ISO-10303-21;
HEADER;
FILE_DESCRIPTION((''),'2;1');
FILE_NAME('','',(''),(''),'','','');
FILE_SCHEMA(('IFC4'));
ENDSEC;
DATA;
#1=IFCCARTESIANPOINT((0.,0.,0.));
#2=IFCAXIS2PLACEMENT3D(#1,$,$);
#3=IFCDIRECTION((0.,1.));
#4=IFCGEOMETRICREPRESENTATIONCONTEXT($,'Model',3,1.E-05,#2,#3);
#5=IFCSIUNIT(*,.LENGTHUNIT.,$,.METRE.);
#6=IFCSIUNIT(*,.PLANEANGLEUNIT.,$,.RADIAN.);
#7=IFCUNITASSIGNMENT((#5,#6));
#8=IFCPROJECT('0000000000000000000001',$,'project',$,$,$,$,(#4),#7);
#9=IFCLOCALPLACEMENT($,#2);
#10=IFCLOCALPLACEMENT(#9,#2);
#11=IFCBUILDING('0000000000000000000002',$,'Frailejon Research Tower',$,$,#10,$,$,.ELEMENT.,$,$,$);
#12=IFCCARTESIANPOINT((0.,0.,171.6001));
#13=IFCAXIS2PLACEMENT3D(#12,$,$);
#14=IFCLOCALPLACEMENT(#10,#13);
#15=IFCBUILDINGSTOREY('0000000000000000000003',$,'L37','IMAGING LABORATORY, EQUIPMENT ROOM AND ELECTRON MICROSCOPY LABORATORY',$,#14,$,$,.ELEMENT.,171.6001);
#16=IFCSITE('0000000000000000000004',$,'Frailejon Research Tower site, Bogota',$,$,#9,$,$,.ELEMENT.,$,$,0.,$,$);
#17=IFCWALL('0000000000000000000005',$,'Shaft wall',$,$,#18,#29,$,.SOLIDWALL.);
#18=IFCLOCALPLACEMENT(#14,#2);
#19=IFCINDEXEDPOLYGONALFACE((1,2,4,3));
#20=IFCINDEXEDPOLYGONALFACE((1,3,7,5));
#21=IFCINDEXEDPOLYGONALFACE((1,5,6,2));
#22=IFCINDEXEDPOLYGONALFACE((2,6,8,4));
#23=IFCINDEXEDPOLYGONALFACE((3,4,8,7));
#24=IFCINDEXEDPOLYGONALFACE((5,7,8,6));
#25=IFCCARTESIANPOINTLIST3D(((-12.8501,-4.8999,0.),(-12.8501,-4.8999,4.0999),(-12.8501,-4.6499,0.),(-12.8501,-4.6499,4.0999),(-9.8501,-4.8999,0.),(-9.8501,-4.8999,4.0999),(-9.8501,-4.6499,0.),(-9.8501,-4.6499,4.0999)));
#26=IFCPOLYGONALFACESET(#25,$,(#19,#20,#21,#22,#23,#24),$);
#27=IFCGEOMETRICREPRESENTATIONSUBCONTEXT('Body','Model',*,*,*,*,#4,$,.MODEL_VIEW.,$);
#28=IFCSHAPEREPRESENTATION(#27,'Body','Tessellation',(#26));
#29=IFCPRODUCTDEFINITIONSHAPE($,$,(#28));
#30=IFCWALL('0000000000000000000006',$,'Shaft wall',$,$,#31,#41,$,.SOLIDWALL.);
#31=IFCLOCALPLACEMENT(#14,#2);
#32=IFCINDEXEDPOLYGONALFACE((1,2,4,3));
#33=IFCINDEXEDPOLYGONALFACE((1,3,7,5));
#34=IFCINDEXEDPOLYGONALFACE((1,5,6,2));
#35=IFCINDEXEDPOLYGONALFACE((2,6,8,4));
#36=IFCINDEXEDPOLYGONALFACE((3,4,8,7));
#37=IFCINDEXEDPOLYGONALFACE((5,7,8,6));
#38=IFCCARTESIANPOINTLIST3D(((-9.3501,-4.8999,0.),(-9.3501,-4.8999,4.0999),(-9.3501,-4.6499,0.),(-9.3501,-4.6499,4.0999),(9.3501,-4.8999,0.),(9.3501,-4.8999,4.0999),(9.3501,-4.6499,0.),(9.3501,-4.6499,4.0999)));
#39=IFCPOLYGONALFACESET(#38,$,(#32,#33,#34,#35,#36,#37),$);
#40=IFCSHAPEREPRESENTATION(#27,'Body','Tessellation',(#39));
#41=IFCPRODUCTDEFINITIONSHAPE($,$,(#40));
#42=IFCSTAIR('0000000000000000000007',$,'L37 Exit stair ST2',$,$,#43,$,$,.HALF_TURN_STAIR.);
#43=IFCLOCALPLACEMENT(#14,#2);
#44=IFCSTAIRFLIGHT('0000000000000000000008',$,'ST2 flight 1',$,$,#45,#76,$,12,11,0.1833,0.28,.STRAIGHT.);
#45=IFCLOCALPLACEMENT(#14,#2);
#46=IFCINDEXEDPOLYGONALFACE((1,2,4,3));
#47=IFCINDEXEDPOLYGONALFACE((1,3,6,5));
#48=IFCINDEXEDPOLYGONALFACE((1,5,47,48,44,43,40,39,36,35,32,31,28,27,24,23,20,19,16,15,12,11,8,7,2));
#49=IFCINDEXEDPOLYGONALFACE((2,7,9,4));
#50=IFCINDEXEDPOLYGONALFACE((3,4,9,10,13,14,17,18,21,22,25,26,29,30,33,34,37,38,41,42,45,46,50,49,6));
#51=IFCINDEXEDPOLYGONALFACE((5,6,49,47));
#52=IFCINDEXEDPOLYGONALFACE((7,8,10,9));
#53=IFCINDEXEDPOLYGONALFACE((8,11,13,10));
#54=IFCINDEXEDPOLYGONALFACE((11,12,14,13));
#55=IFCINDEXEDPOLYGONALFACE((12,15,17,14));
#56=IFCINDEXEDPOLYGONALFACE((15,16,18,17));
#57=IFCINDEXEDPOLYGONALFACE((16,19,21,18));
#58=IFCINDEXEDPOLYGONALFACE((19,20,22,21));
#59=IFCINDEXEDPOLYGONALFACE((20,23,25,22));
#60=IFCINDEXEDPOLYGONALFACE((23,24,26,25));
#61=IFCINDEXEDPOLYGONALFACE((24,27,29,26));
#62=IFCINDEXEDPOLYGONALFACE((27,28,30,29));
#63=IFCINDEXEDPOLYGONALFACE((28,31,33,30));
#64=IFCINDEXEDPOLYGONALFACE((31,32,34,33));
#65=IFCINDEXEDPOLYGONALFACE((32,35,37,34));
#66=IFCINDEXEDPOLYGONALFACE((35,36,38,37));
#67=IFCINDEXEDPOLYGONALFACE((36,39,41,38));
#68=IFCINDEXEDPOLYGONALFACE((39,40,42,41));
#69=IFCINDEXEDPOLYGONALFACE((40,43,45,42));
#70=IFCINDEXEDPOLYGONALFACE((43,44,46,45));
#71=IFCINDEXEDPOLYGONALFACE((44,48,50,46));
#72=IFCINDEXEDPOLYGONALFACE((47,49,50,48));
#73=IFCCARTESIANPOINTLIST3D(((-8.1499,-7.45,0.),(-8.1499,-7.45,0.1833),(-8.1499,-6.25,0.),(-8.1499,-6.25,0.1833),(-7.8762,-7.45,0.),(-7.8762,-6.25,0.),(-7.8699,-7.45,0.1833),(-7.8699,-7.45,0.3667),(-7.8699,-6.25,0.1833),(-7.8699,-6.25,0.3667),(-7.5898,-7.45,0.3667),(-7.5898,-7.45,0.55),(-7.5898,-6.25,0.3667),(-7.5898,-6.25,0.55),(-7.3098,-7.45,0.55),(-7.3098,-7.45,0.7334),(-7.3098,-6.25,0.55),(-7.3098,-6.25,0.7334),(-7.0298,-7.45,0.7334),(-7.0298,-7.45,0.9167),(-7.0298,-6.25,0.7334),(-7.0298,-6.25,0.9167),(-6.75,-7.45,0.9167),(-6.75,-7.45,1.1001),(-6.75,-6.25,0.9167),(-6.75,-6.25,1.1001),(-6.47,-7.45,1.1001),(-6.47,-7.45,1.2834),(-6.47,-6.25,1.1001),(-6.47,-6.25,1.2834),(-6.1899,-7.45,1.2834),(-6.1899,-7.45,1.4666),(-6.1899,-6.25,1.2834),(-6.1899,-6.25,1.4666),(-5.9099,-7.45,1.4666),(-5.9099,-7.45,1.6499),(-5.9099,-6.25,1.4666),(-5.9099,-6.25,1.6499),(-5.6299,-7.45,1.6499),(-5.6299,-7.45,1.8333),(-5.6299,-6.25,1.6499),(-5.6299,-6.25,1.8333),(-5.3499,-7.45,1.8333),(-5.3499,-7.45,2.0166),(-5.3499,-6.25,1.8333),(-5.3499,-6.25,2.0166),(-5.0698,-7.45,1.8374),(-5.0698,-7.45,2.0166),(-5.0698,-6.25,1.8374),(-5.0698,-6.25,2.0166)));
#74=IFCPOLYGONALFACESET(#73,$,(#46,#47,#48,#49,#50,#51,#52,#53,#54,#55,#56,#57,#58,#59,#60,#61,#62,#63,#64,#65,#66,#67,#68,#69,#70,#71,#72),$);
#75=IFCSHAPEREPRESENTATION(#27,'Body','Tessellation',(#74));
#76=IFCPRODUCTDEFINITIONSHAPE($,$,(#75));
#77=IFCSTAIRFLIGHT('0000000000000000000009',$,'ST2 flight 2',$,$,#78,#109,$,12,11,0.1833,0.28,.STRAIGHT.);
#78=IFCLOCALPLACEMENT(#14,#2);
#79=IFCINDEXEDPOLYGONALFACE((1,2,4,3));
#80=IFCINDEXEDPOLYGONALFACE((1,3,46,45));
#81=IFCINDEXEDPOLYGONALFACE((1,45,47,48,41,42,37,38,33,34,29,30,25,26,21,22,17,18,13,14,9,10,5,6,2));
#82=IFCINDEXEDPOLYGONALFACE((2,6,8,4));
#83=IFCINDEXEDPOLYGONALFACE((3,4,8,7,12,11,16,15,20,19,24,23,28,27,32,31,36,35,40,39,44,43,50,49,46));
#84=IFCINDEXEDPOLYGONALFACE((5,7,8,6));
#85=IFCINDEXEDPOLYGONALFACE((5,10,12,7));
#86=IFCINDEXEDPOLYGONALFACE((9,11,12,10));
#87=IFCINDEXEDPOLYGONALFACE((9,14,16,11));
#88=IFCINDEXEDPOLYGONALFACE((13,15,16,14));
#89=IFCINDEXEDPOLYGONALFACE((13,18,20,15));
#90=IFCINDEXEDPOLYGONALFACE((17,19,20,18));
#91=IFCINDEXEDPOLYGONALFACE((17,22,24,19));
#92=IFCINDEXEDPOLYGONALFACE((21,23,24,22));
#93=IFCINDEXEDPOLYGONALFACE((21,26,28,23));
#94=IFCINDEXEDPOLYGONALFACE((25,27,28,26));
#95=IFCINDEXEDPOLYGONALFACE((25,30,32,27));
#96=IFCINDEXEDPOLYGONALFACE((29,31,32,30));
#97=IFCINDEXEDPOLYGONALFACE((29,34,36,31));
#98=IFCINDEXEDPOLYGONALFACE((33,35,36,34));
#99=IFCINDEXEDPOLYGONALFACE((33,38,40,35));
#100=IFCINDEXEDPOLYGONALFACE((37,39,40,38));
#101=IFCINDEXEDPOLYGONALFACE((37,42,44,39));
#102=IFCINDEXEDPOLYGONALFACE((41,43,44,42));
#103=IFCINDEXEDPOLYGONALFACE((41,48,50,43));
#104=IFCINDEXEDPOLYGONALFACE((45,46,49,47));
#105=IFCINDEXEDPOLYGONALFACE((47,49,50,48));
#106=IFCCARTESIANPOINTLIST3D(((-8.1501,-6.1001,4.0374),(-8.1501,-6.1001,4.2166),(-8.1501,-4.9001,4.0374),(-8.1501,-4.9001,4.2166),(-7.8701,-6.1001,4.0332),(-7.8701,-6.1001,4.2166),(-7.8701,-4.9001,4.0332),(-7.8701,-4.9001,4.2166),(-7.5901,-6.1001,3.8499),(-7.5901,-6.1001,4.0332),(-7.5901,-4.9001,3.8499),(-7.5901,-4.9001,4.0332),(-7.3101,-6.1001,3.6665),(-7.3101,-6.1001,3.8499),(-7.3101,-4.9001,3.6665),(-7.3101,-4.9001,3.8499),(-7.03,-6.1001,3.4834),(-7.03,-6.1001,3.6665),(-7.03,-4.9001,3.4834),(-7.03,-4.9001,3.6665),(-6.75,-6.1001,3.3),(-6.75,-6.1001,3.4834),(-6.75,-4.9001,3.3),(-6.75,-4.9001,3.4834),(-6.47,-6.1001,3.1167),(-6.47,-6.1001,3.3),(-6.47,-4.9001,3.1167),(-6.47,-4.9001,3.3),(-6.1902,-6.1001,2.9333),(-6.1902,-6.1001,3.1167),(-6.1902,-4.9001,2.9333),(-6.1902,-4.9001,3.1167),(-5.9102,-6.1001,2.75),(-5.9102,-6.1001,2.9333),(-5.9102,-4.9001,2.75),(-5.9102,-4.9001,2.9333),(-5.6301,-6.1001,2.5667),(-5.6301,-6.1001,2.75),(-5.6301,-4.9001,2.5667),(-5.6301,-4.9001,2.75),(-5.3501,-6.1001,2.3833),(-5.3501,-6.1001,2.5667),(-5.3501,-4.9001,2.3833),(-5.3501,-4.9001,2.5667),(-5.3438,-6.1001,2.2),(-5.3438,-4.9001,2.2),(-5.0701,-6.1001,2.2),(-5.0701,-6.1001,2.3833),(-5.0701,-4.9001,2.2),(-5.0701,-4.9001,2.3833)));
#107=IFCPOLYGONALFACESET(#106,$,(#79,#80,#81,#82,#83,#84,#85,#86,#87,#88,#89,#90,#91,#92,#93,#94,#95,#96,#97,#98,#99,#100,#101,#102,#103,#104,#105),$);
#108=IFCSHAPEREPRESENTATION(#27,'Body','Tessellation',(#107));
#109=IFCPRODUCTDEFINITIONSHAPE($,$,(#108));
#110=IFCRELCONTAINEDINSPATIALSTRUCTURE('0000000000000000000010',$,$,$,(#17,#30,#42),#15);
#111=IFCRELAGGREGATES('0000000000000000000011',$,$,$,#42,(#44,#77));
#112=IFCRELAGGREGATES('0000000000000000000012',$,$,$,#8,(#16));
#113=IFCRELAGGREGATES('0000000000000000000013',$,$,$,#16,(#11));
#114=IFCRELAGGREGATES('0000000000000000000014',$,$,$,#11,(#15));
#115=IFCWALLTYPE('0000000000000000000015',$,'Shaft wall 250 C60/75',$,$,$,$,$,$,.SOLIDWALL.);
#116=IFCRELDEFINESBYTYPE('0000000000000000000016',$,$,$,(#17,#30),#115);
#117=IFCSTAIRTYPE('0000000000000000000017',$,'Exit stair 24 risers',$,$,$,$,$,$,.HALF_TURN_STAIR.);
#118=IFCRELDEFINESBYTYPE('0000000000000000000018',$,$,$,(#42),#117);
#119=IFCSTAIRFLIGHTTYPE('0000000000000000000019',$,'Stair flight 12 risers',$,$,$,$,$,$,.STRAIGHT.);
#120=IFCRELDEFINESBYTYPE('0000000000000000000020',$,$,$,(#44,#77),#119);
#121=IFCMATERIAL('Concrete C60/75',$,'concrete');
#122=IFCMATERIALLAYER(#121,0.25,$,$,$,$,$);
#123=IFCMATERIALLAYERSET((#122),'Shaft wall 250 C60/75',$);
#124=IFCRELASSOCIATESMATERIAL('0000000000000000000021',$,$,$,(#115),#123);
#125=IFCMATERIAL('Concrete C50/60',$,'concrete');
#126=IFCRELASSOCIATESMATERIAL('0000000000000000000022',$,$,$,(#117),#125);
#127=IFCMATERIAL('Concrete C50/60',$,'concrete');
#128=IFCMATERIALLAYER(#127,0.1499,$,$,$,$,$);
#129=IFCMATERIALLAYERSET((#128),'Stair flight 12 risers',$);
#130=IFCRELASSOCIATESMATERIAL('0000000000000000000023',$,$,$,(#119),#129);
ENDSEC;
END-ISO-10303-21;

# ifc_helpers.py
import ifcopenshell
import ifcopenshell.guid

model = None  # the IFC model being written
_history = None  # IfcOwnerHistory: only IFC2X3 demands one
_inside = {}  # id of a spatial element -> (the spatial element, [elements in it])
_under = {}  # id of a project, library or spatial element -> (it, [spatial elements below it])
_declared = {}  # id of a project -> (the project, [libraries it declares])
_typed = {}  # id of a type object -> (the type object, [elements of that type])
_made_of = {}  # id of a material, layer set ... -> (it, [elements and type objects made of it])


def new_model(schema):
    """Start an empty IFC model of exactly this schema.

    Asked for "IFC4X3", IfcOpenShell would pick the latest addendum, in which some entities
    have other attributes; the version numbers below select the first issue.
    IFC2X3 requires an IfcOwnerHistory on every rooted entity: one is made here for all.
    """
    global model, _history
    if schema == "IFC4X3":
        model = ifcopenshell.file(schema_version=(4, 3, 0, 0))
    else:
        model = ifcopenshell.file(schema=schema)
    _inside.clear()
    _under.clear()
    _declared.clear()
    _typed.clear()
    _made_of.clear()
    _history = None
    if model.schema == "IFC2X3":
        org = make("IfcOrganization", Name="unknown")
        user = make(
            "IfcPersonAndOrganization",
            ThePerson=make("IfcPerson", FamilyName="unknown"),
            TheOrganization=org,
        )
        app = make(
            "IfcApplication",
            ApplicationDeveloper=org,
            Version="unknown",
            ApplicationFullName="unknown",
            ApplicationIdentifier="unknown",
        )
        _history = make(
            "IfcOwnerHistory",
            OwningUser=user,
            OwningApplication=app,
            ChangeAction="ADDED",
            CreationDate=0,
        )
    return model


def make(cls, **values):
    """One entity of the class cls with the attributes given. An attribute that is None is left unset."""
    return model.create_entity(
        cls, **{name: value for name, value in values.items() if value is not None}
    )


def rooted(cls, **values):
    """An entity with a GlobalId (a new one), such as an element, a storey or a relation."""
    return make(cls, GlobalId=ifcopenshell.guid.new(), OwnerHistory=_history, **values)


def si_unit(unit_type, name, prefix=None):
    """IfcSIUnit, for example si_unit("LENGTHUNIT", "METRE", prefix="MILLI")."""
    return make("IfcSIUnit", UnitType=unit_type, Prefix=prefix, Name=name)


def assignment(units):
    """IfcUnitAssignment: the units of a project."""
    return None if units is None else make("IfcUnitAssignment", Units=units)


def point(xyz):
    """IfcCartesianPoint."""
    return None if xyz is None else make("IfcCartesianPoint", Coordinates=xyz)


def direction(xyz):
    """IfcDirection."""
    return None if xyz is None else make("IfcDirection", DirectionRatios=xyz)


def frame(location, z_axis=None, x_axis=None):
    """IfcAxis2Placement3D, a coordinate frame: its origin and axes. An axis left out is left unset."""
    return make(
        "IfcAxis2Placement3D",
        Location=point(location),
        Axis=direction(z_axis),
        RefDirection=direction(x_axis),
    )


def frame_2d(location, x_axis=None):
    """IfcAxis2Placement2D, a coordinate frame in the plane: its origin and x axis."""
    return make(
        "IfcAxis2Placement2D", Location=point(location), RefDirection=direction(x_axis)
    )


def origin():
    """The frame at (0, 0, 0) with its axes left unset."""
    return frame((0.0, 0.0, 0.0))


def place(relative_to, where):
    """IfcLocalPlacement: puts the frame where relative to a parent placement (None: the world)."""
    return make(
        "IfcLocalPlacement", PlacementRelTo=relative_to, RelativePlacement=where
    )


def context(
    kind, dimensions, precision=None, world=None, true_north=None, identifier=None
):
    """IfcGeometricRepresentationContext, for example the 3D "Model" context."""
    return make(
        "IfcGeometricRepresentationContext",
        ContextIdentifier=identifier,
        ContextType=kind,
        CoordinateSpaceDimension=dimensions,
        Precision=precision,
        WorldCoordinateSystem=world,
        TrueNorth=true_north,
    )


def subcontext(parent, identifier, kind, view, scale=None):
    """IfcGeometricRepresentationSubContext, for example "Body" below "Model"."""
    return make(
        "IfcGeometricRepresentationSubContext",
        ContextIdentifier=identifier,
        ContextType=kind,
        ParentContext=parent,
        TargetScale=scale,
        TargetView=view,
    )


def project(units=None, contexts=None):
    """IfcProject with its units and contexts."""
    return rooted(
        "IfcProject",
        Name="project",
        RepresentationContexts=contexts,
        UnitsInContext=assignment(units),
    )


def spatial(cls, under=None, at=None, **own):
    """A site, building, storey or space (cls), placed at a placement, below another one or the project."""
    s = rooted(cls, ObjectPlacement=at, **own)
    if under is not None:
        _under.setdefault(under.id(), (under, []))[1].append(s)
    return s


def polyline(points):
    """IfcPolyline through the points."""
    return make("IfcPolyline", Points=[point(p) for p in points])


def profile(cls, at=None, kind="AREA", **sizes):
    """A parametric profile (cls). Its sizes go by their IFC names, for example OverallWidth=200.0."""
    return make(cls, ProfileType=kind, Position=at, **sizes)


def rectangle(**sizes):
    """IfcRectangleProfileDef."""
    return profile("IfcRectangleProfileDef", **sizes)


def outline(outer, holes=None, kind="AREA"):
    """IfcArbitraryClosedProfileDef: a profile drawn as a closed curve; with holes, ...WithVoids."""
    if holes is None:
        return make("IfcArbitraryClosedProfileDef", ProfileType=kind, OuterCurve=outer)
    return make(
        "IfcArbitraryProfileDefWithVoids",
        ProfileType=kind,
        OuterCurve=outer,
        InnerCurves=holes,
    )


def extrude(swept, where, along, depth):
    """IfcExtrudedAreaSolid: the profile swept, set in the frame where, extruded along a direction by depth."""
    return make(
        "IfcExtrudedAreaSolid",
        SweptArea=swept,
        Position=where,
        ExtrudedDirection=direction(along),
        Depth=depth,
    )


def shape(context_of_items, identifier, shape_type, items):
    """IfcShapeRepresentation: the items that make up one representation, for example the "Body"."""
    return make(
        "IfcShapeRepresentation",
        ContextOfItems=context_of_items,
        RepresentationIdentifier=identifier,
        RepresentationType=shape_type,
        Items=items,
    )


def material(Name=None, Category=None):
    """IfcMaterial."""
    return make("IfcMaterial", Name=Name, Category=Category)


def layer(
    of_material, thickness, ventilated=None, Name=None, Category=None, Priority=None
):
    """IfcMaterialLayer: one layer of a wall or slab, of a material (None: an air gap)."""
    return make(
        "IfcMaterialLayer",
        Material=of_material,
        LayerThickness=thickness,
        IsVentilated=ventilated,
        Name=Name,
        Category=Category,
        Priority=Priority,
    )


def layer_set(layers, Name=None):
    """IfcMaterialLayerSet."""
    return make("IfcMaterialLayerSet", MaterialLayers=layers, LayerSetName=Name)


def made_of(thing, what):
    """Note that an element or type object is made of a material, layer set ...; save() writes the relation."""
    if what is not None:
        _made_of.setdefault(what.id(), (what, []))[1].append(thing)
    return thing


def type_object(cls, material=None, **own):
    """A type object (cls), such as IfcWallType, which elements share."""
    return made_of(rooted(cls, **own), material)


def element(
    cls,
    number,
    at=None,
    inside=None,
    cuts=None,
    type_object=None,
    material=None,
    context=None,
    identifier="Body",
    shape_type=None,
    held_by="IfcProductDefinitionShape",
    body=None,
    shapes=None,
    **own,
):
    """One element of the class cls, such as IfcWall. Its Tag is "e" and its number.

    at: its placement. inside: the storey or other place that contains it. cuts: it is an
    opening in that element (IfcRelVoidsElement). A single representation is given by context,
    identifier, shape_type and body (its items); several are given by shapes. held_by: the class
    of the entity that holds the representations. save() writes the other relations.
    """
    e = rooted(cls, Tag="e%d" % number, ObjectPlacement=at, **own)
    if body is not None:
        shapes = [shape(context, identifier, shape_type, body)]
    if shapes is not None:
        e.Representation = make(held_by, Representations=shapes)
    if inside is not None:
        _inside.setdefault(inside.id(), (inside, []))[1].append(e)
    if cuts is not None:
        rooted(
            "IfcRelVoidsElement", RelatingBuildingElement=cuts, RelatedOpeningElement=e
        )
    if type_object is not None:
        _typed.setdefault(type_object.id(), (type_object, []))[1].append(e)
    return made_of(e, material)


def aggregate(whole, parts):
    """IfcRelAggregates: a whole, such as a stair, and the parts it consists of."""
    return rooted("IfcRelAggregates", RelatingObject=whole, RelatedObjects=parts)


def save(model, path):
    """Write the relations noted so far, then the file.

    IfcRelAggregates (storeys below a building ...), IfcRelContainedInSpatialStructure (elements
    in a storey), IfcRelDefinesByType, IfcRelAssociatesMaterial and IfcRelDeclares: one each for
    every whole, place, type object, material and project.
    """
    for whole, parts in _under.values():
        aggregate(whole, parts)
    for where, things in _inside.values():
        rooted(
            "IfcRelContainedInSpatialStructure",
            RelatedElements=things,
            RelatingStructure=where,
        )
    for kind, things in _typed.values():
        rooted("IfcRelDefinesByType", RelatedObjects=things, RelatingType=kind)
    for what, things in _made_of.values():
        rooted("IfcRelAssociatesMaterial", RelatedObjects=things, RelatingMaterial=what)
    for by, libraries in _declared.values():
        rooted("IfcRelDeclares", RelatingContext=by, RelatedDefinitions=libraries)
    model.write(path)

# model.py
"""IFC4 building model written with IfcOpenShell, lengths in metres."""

from ifc_helpers import new_model, si_unit, direction, frame, frame_2d, origin, place, context, subcontext, project, spatial, polyline, rectangle, outline, extrude, material, layer, layer_set, type_object, element, aggregate, save


model = new_model("IFC4")

# Units and contexts
model_context = context("Model", 3, precision=1e-05, world=origin(), true_north=direction((0.0, 1.0)))
body_context = subcontext(model_context, "Body", "Model", "MODEL_VIEW")
ifc_project = project(units=[si_unit("LENGTHUNIT", "METRE"), si_unit("PLANEANGLEUNIT", "RADIAN")], contexts=[model_context])

# Site, building, storey
site_placement = place(None, origin())
site = spatial("IfcSite", under=ifc_project, at=site_placement, Name="Frailejon Research Tower site, Bogota", CompositionType="ELEMENT", RefElevation=0.0)
building_placement = place(site_placement, origin())
building = spatial("IfcBuilding", under=site, at=building_placement, Name="Frailejon Research Tower", CompositionType="ELEMENT")
storey_placement = place(building_placement, frame((0.0, 0.0, 171.6001)))
storey = spatial("IfcBuildingStorey", under=building, at=storey_placement, Name="L37", Description="IMAGING LABORATORY, EQUIPMENT ROOM AND ELECTRON MICROSCOPY LABORATORY", CompositionType="ELEMENT", Elevation=171.6001)

# Shared definitions
ifc_material_1 = material(Name="Concrete C60/75", Category="concrete")
ifc_layer_1 = layer(ifc_material_1, 0.25)
ifc_layer_set_1 = layer_set([ifc_layer_1], Name="Shaft wall 250 C60/75")
wall_type_1 = type_object("IfcWallType", Name="Shaft wall 250 C60/75", PredefinedType="SOLIDWALL", material=ifc_layer_set_1)

# Walls
wall_1_placement = place(storey_placement, frame((-12.8501, -4.7749, 0.0), z_axis=(0.0, 0.0, 1.0), x_axis=(1.0, 0.0, 0.0)))
element("IfcWall", 1, at=wall_1_placement, inside=storey, type_object=wall_type_1, Name="Shaft wall", PredefinedType="SOLIDWALL", context=body_context, shape_type="SweptSolid", body=[
    extrude(rectangle(XDim=3.0, YDim=0.25, at=frame_2d((1.5, 0.0))), origin(), (0.0, 0.0, 1.0), 4.0999),
])
wall_2_placement = place(storey_placement, frame((-9.3501, -4.7749, 0.0), z_axis=(0.0, 0.0, 1.0), x_axis=(1.0, 0.0, 0.0)))
element("IfcWall", 2, at=wall_2_placement, inside=storey, type_object=wall_type_1, Name="Shaft wall", PredefinedType="SOLIDWALL", context=body_context, shape_type="SweptSolid", body=[
    extrude(rectangle(XDim=18.7002, YDim=0.25, at=frame_2d((9.3501, 0.0))), origin(), (0.0, 0.0, 1.0), 4.0999),
])

# Stair, stair flights
ifc_material_2 = material(Name="Concrete C50/60", Category="concrete")
stair_type = type_object("IfcStairType", Name="Exit stair 24 risers", PredefinedType="HALF_TURN_STAIR", material=ifc_material_2)
stair_placement = place(storey_placement, origin())
stair = element("IfcStair", 3, at=stair_placement, inside=storey, type_object=stair_type, Name="L37 Exit stair ST2", PredefinedType="HALF_TURN_STAIR")
ifc_material_3 = material(Name="Concrete C50/60", Category="concrete")
ifc_layer_2 = layer(ifc_material_3, 0.1499)
ifc_layer_set_2 = layer_set([ifc_layer_2], Name="Stair flight 12 risers")
stair_flight_type = type_object("IfcStairFlightType", Name="Stair flight 12 risers", PredefinedType="STRAIGHT", material=ifc_layer_set_2)
stair_flight_1_placement = place(storey_placement, frame((-8.1499, -6.8501, 0.0), z_axis=(0.0, 0.0, 1.0), x_axis=(1.0, 0.0, 0.0)))
stair_flight_1 = element("IfcStairFlight", 4, at=stair_flight_1_placement, type_object=stair_flight_type, Name="ST2 flight 1", NumberOfRisers=12, NumberOfTreads=11, PredefinedType="STRAIGHT", RiserHeight=0.1833, TreadLength=0.28, context=body_context, shape_type="SweptSolid", body=[
    extrude(outline(polyline([(0.0, 0.0), (0.0, 0.1833), (0.28, 0.1833), (0.28, 0.3667), (0.5601, 0.3667), (0.5601, 0.55), (0.8401, 0.55), (0.8401, 0.7334), (1.1201, 0.7334), (1.1201, 0.9167), (1.3999, 0.9167), (1.3999, 1.1001), (1.6799, 1.1001), (1.6799, 1.2834), (1.96, 1.2834), (1.96, 1.4666), (2.24, 1.4666), (2.24, 1.6499), (2.52, 1.6499), (2.52, 1.8333), (2.8, 1.8333), (2.8, 2.0166), (3.0801, 2.0166), (3.0801, 2.2), (3.0801, 1.8374), (0.2737, 0.0), (0.0, 0.0)])), frame((0.0, 0.6001, 0.0), z_axis=(0.0, -1.0, 0.0), x_axis=(1.0, 0.0, 0.0)), (0.0, 0.0, 1.0), 1.2),
])
stair_flight_2_placement = place(storey_placement, frame((-5.0701, -5.5, 2.2), z_axis=(0.0, 0.0, 1.0), x_axis=(-1.0, 0.0, 0.0)))
stair_flight_2 = element("IfcStairFlight", 5, at=stair_flight_2_placement, type_object=stair_flight_type, Name="ST2 flight 2", NumberOfRisers=12, NumberOfTreads=11, PredefinedType="STRAIGHT", RiserHeight=0.1833, TreadLength=0.28, context=body_context, shape_type="SweptSolid", body=[
    extrude(outline(polyline([(0.0, 0.0), (0.0, 0.1833), (0.28, 0.1833), (0.28, 0.3667), (0.5601, 0.3667), (0.5601, 0.55), (0.8401, 0.55), (0.8401, 0.7334), (1.1201, 0.7334), (1.1201, 0.9167), (1.3999, 0.9167), (1.3999, 1.1001), (1.6799, 1.1001), (1.6799, 1.2834), (1.96, 1.2834), (1.96, 1.4666), (2.24, 1.4666), (2.24, 1.6499), (2.52, 1.6499), (2.52, 1.8333), (2.8, 1.8333), (2.8, 2.0166), (3.0801, 2.0166), (3.0801, 2.2), (3.0801, 1.8374), (0.2737, 0.0), (0.0, 0.0)])), frame((0.0, 0.6001, 0.0), z_axis=(0.0, -1.0, 0.0), x_axis=(1.0, 0.0, 0.0)), (0.0, 0.0, 1.0), 1.2),
])
aggregate(stair, [stair_flight_1, stair_flight_2])

save(model, "model.ifc")
